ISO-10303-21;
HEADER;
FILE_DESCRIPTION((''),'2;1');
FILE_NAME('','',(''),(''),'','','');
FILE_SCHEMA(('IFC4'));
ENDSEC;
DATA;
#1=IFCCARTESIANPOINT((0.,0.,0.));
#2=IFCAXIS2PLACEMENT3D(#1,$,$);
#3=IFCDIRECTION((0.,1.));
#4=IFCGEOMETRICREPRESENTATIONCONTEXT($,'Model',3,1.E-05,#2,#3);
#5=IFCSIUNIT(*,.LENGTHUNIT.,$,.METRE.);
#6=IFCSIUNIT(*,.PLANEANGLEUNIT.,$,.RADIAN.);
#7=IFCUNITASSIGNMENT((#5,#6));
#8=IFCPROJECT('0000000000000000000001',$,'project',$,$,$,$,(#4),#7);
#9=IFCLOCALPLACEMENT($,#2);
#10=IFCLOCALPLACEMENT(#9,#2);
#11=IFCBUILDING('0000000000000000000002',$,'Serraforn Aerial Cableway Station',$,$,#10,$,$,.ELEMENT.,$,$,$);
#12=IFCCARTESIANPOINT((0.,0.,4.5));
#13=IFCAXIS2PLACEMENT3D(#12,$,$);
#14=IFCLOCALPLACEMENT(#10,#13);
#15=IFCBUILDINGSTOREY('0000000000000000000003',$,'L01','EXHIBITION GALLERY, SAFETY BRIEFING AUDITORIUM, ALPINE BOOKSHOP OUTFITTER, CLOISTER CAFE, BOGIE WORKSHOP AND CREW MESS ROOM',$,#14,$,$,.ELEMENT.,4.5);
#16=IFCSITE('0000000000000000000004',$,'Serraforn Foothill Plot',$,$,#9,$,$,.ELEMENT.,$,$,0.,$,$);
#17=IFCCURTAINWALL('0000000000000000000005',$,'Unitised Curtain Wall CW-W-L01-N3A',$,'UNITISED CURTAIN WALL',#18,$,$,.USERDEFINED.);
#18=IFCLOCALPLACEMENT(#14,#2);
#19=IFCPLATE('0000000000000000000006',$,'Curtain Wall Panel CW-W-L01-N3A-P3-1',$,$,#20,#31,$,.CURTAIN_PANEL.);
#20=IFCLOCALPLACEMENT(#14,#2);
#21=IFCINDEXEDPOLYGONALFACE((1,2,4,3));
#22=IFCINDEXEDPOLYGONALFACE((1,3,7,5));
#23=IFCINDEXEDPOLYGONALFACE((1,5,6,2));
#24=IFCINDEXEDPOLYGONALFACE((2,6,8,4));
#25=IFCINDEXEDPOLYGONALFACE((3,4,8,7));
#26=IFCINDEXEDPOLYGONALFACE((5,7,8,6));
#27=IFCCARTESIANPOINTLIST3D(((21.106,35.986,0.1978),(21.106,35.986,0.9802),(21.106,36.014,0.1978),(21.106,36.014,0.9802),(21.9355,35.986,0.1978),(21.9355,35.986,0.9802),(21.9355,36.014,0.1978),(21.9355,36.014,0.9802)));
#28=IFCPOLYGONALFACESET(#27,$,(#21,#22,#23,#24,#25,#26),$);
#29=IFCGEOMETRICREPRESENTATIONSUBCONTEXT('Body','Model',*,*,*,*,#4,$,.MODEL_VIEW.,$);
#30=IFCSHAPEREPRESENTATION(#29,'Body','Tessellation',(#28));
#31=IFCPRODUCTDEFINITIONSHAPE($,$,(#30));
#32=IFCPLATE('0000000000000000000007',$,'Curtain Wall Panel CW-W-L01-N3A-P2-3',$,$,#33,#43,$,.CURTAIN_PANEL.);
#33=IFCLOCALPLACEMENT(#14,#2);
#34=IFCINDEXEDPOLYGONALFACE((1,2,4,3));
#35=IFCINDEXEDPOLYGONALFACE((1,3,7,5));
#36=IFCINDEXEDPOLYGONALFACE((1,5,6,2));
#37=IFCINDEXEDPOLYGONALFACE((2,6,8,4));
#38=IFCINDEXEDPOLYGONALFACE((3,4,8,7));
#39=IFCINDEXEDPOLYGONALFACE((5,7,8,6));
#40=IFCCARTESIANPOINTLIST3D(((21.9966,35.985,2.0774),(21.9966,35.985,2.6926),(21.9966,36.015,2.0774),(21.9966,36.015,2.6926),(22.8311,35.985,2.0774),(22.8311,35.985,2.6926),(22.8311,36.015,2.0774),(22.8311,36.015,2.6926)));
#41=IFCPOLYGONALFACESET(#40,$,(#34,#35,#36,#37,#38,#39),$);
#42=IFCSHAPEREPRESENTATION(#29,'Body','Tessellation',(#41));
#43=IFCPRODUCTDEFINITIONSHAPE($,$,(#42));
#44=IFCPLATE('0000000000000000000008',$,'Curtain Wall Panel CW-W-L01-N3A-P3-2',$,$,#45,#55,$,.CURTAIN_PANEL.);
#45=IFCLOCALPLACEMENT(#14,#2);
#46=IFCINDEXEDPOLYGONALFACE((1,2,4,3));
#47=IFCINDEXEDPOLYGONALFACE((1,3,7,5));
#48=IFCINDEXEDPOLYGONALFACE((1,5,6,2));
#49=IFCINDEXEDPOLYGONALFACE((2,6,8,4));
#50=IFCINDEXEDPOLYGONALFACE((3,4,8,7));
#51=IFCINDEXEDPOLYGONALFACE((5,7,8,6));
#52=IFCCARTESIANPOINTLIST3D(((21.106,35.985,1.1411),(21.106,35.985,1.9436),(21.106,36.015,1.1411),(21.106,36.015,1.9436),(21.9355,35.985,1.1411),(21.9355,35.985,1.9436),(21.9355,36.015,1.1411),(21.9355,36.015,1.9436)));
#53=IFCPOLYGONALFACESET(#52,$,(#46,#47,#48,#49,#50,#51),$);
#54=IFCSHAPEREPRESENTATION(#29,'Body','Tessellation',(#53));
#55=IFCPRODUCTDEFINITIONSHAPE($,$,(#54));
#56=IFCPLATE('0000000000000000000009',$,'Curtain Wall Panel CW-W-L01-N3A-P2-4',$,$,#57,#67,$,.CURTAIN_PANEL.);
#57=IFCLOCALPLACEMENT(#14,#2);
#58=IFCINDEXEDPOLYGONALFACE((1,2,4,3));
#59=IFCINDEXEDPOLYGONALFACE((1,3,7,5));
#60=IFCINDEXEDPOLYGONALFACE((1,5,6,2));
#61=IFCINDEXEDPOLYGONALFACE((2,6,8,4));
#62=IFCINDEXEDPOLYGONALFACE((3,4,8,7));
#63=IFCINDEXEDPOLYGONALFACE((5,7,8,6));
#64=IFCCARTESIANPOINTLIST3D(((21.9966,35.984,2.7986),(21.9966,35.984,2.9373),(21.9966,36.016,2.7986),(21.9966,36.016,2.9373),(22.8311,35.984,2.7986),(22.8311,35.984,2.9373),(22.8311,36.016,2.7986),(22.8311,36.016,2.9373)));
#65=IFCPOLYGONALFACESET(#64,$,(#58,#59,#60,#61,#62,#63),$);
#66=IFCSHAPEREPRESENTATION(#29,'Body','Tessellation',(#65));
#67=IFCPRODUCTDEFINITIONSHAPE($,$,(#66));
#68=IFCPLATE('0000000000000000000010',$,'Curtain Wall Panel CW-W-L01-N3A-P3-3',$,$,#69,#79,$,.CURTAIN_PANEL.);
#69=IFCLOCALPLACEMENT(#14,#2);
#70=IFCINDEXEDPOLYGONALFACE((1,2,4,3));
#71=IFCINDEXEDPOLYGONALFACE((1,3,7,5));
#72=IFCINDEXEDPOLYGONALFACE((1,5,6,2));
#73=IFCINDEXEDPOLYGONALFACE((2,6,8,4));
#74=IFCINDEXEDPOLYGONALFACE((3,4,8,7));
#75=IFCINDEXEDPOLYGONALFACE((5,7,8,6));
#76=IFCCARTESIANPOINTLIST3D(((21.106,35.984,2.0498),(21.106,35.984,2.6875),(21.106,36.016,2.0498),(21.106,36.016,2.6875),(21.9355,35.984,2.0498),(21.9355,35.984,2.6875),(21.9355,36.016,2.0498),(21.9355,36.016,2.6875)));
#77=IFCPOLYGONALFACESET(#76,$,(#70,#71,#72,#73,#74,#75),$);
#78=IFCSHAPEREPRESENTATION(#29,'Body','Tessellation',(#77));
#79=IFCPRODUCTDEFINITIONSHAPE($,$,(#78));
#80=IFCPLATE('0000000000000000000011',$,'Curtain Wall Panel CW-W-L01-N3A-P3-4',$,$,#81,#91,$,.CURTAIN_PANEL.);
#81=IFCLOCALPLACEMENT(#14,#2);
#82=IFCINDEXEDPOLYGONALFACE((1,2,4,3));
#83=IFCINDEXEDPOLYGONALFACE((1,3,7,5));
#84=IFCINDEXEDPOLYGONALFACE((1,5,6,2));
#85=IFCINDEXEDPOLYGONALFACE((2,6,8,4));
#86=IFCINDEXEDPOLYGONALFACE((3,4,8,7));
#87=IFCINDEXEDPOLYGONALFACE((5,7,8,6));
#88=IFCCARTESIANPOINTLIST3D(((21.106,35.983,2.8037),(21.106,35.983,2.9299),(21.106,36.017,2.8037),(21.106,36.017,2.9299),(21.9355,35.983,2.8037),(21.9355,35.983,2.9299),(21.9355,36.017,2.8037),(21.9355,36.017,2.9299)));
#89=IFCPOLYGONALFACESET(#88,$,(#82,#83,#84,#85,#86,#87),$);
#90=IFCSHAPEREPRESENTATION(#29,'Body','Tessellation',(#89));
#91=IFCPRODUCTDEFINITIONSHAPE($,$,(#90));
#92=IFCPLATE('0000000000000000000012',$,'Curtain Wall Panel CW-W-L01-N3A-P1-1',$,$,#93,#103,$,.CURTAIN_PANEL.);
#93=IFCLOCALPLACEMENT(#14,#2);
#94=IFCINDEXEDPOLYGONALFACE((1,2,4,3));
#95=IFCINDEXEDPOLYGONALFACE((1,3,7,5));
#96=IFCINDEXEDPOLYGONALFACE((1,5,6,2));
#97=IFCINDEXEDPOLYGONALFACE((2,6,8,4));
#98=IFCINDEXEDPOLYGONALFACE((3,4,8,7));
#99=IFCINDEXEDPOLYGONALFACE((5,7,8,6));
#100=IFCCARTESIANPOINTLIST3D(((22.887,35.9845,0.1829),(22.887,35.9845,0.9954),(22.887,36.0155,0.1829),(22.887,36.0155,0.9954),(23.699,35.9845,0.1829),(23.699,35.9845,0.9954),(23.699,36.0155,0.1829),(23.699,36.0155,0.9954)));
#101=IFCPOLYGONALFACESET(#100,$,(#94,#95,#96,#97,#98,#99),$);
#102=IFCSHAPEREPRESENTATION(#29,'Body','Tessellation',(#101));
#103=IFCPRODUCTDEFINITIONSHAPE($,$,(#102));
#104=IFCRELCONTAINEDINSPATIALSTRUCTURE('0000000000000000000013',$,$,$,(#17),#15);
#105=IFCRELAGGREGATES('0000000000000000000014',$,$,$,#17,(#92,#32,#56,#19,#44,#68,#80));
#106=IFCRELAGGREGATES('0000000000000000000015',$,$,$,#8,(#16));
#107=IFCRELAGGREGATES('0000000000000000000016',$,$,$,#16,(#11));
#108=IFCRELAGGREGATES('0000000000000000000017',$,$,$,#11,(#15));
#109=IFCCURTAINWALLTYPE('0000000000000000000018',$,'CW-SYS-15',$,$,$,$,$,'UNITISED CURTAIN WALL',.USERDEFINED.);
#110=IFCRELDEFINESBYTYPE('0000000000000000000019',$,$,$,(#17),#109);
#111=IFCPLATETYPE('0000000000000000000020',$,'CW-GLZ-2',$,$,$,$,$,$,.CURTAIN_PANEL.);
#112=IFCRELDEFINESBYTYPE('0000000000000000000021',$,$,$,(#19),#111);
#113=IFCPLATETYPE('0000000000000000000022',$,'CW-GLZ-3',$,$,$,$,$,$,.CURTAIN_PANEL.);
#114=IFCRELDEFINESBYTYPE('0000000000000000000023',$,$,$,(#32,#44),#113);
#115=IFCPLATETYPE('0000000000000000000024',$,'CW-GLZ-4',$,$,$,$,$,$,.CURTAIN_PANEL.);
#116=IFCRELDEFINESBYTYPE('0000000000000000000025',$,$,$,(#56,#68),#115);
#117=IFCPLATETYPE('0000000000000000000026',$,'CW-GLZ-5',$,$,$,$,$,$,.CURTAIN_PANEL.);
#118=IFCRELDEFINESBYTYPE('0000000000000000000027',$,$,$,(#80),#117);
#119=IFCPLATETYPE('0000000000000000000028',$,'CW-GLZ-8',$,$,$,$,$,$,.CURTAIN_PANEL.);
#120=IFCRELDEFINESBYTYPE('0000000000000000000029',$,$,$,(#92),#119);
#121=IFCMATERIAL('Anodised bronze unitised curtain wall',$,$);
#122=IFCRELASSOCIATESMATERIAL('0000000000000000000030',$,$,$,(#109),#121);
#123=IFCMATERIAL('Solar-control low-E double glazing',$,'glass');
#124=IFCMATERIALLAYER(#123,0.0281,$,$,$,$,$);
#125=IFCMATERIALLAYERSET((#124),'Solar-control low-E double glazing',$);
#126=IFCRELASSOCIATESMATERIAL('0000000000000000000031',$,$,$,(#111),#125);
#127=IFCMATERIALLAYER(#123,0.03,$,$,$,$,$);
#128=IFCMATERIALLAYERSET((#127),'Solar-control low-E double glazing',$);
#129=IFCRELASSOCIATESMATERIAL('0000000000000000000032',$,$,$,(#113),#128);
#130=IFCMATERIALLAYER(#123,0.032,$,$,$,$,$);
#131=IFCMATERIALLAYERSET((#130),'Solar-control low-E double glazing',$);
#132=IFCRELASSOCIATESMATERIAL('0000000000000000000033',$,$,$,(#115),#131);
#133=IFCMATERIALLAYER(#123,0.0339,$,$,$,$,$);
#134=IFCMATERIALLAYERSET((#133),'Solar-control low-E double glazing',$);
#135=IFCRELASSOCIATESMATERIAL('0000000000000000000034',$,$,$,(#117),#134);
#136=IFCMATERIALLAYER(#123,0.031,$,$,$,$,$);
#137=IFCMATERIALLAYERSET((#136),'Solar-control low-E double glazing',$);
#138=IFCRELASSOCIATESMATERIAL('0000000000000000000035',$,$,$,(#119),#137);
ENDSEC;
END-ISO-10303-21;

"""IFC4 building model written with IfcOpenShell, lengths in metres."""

from ifc_helpers import new_model, si_unit, direction, frame, origin, origin_2d, place, context, subcontext, project, spatial, rectangle, extrude, material, layer, layer_set, type_object, element, aggregate, save


model = new_model("IFC4")

# Units and contexts
model_context = context("Model", 3, precision=1e-05, world=origin(), true_north=direction((0.0, 1.0)))
body_context = subcontext(model_context, "Body", "Model", "MODEL_VIEW")
ifc_project = project(units=[si_unit("LENGTHUNIT", "METRE"), si_unit("PLANEANGLEUNIT", "RADIAN")], contexts=[model_context])

# Site, building, storey
site_placement = place(None, origin())
site = spatial("IfcSite", under=ifc_project, at=site_placement, Name="Serraforn Foothill Plot", CompositionType="ELEMENT", RefElevation=0.0)
building_placement = place(site_placement, origin())
building = spatial("IfcBuilding", under=site, at=building_placement, Name="Serraforn Aerial Cableway Station", CompositionType="ELEMENT")
storey_placement = place(building_placement, frame((0.0, 0.0, 4.5)))
storey = spatial("IfcBuildingStorey", under=building, at=storey_placement, Name="L01", Description="EXHIBITION GALLERY, SAFETY BRIEFING AUDITORIUM, ALPINE BOOKSHOP OUTFITTER, CLOISTER CAFE, BOGIE WORKSHOP AND CREW MESS ROOM", CompositionType="ELEMENT", Elevation=4.5)

# Curtain wall, plates
ifc_material_1 = material(Name="Anodised bronze unitised curtain wall")
curtain_wall_type = type_object("IfcCurtainWallType", Name="CW-SYS-15", ElementType="UNITISED CURTAIN WALL", PredefinedType="USERDEFINED", material=ifc_material_1)
curtain_wall_placement = place(storey_placement, origin())
curtain_wall = element("IfcCurtainWall", 1, at=curtain_wall_placement, inside=storey, type_object=curtain_wall_type, Name="Unitised Curtain Wall CW-W-L01-N3A", ObjectType="UNITISED CURTAIN WALL", PredefinedType="USERDEFINED")
ifc_material_2 = material(Name="Solar-control low-E double glazing", Category="glass")
ifc_layer_1 = layer(ifc_material_2, 0.0281)
ifc_layer_set_1 = layer_set([ifc_layer_1], Name="Solar-control low-E double glazing")
plate_type_1 = type_object("IfcPlateType", Name="CW-GLZ-2", PredefinedType="CURTAIN_PANEL", material=ifc_layer_set_1)
plate_1_placement = place(storey_placement, frame((21.5208, 36.0, 0.1978), z_axis=(0.0, 0.0, 1.0), x_axis=(1.0, 0.0, 0.0)))
plate_1 = element("IfcPlate", 2, at=plate_1_placement, type_object=plate_type_1, Name="Curtain Wall Panel CW-W-L01-N3A-P3-1", PredefinedType="CURTAIN_PANEL", context=body_context, shape_type="SweptSolid", body=[
    extrude(rectangle(XDim=0.8296, YDim=0.0281, at=origin_2d()), origin(), (0.0, 0.0, 1.0), 0.7825),
])
ifc_layer_2 = layer(ifc_material_2, 0.03)
ifc_layer_set_2 = layer_set([ifc_layer_2], Name="Solar-control low-E double glazing")
plate_type_2 = type_object("IfcPlateType", Name="CW-GLZ-3", PredefinedType="CURTAIN_PANEL", material=ifc_layer_set_2)
plate_2_placement = place(storey_placement, frame((22.4138, 36.0, 2.0774), z_axis=(0.0, 0.0, 1.0), x_axis=(1.0, 0.0, 0.0)))
plate_2 = element("IfcPlate", 3, at=plate_2_placement, type_object=plate_type_2, Name="Curtain Wall Panel CW-W-L01-N3A-P2-3", PredefinedType="CURTAIN_PANEL", context=body_context, shape_type="SweptSolid", body=[
    extrude(rectangle(XDim=0.8345, YDim=0.03, at=origin_2d()), origin(), (0.0, 0.0, 1.0), 0.6152),
])
plate_3_placement = place(storey_placement, frame((21.5208, 36.0, 1.1411), z_axis=(0.0, 0.0, 1.0), x_axis=(1.0, 0.0, 0.0)))
plate_3 = element("IfcPlate", 4, at=plate_3_placement, type_object=plate_type_2, Name="Curtain Wall Panel CW-W-L01-N3A-P3-2", PredefinedType="CURTAIN_PANEL", context=body_context, shape_type="SweptSolid", body=[
    extrude(rectangle(XDim=0.8296, YDim=0.03, at=origin_2d()), origin(), (0.0, 0.0, 1.0), 0.8025),
])
ifc_layer_3 = layer(ifc_material_2, 0.032)
ifc_layer_set_3 = layer_set([ifc_layer_3], Name="Solar-control low-E double glazing")
plate_type_3 = type_object("IfcPlateType", Name="CW-GLZ-4", PredefinedType="CURTAIN_PANEL", material=ifc_layer_set_3)
plate_4_placement = place(storey_placement, frame((22.4138, 36.0, 2.7986), z_axis=(0.0, 0.0, 1.0), x_axis=(1.0, 0.0, 0.0)))
plate_4 = element("IfcPlate", 5, at=plate_4_placement, type_object=plate_type_3, Name="Curtain Wall Panel CW-W-L01-N3A-P2-4", PredefinedType="CURTAIN_PANEL", context=body_context, shape_type="SweptSolid", body=[
    extrude(rectangle(XDim=0.8345, YDim=0.032, at=origin_2d()), origin(), (0.0, 0.0, 1.0), 0.1387),
])
plate_5_placement = place(storey_placement, frame((21.5208, 36.0, 2.0498), z_axis=(0.0, 0.0, 1.0), x_axis=(1.0, 0.0, 0.0)))
plate_5 = element("IfcPlate", 6, at=plate_5_placement, type_object=plate_type_3, Name="Curtain Wall Panel CW-W-L01-N3A-P3-3", PredefinedType="CURTAIN_PANEL", context=body_context, shape_type="SweptSolid", body=[
    extrude(rectangle(XDim=0.8296, YDim=0.032, at=origin_2d()), origin(), (0.0, 0.0, 1.0), 0.6377),
])
ifc_layer_4 = layer(ifc_material_2, 0.0339)
ifc_layer_set_4 = layer_set([ifc_layer_4], Name="Solar-control low-E double glazing")
plate_type_4 = type_object("IfcPlateType", Name="CW-GLZ-5", PredefinedType="CURTAIN_PANEL", material=ifc_layer_set_4)
plate_6_placement = place(storey_placement, frame((21.5208, 36.0, 2.8037), z_axis=(0.0, 0.0, 1.0), x_axis=(1.0, 0.0, 0.0)))
plate_6 = element("IfcPlate", 7, at=plate_6_placement, type_object=plate_type_4, Name="Curtain Wall Panel CW-W-L01-N3A-P3-4", PredefinedType="CURTAIN_PANEL", context=body_context, shape_type="SweptSolid", body=[
    extrude(rectangle(XDim=0.8296, YDim=0.0339, at=origin_2d()), origin(), (0.0, 0.0, 1.0), 0.1262),
])
ifc_layer_5 = layer(ifc_material_2, 0.031)
ifc_layer_set_5 = layer_set([ifc_layer_5], Name="Solar-control low-E double glazing")
plate_type_5 = type_object("IfcPlateType", Name="CW-GLZ-8", PredefinedType="CURTAIN_PANEL", material=ifc_layer_set_5)
plate_7_placement = place(storey_placement, frame((23.293, 36.0, 0.1829), z_axis=(0.0, 0.0, 1.0), x_axis=(1.0, 0.0, 0.0)))
plate_7 = element("IfcPlate", 8, at=plate_7_placement, type_object=plate_type_5, Name="Curtain Wall Panel CW-W-L01-N3A-P1-1", PredefinedType="CURTAIN_PANEL", context=body_context, shape_type="SweptSolid", body=[
    extrude(rectangle(XDim=0.812, YDim=0.031, at=origin_2d()), origin(), (0.0, 0.0, 1.0), 0.8125),
])
aggregate(curtain_wall, [plate_7, plate_2, plate_4, plate_1, plate_3, plate_5, plate_6])

save(model, "model.ifc")
